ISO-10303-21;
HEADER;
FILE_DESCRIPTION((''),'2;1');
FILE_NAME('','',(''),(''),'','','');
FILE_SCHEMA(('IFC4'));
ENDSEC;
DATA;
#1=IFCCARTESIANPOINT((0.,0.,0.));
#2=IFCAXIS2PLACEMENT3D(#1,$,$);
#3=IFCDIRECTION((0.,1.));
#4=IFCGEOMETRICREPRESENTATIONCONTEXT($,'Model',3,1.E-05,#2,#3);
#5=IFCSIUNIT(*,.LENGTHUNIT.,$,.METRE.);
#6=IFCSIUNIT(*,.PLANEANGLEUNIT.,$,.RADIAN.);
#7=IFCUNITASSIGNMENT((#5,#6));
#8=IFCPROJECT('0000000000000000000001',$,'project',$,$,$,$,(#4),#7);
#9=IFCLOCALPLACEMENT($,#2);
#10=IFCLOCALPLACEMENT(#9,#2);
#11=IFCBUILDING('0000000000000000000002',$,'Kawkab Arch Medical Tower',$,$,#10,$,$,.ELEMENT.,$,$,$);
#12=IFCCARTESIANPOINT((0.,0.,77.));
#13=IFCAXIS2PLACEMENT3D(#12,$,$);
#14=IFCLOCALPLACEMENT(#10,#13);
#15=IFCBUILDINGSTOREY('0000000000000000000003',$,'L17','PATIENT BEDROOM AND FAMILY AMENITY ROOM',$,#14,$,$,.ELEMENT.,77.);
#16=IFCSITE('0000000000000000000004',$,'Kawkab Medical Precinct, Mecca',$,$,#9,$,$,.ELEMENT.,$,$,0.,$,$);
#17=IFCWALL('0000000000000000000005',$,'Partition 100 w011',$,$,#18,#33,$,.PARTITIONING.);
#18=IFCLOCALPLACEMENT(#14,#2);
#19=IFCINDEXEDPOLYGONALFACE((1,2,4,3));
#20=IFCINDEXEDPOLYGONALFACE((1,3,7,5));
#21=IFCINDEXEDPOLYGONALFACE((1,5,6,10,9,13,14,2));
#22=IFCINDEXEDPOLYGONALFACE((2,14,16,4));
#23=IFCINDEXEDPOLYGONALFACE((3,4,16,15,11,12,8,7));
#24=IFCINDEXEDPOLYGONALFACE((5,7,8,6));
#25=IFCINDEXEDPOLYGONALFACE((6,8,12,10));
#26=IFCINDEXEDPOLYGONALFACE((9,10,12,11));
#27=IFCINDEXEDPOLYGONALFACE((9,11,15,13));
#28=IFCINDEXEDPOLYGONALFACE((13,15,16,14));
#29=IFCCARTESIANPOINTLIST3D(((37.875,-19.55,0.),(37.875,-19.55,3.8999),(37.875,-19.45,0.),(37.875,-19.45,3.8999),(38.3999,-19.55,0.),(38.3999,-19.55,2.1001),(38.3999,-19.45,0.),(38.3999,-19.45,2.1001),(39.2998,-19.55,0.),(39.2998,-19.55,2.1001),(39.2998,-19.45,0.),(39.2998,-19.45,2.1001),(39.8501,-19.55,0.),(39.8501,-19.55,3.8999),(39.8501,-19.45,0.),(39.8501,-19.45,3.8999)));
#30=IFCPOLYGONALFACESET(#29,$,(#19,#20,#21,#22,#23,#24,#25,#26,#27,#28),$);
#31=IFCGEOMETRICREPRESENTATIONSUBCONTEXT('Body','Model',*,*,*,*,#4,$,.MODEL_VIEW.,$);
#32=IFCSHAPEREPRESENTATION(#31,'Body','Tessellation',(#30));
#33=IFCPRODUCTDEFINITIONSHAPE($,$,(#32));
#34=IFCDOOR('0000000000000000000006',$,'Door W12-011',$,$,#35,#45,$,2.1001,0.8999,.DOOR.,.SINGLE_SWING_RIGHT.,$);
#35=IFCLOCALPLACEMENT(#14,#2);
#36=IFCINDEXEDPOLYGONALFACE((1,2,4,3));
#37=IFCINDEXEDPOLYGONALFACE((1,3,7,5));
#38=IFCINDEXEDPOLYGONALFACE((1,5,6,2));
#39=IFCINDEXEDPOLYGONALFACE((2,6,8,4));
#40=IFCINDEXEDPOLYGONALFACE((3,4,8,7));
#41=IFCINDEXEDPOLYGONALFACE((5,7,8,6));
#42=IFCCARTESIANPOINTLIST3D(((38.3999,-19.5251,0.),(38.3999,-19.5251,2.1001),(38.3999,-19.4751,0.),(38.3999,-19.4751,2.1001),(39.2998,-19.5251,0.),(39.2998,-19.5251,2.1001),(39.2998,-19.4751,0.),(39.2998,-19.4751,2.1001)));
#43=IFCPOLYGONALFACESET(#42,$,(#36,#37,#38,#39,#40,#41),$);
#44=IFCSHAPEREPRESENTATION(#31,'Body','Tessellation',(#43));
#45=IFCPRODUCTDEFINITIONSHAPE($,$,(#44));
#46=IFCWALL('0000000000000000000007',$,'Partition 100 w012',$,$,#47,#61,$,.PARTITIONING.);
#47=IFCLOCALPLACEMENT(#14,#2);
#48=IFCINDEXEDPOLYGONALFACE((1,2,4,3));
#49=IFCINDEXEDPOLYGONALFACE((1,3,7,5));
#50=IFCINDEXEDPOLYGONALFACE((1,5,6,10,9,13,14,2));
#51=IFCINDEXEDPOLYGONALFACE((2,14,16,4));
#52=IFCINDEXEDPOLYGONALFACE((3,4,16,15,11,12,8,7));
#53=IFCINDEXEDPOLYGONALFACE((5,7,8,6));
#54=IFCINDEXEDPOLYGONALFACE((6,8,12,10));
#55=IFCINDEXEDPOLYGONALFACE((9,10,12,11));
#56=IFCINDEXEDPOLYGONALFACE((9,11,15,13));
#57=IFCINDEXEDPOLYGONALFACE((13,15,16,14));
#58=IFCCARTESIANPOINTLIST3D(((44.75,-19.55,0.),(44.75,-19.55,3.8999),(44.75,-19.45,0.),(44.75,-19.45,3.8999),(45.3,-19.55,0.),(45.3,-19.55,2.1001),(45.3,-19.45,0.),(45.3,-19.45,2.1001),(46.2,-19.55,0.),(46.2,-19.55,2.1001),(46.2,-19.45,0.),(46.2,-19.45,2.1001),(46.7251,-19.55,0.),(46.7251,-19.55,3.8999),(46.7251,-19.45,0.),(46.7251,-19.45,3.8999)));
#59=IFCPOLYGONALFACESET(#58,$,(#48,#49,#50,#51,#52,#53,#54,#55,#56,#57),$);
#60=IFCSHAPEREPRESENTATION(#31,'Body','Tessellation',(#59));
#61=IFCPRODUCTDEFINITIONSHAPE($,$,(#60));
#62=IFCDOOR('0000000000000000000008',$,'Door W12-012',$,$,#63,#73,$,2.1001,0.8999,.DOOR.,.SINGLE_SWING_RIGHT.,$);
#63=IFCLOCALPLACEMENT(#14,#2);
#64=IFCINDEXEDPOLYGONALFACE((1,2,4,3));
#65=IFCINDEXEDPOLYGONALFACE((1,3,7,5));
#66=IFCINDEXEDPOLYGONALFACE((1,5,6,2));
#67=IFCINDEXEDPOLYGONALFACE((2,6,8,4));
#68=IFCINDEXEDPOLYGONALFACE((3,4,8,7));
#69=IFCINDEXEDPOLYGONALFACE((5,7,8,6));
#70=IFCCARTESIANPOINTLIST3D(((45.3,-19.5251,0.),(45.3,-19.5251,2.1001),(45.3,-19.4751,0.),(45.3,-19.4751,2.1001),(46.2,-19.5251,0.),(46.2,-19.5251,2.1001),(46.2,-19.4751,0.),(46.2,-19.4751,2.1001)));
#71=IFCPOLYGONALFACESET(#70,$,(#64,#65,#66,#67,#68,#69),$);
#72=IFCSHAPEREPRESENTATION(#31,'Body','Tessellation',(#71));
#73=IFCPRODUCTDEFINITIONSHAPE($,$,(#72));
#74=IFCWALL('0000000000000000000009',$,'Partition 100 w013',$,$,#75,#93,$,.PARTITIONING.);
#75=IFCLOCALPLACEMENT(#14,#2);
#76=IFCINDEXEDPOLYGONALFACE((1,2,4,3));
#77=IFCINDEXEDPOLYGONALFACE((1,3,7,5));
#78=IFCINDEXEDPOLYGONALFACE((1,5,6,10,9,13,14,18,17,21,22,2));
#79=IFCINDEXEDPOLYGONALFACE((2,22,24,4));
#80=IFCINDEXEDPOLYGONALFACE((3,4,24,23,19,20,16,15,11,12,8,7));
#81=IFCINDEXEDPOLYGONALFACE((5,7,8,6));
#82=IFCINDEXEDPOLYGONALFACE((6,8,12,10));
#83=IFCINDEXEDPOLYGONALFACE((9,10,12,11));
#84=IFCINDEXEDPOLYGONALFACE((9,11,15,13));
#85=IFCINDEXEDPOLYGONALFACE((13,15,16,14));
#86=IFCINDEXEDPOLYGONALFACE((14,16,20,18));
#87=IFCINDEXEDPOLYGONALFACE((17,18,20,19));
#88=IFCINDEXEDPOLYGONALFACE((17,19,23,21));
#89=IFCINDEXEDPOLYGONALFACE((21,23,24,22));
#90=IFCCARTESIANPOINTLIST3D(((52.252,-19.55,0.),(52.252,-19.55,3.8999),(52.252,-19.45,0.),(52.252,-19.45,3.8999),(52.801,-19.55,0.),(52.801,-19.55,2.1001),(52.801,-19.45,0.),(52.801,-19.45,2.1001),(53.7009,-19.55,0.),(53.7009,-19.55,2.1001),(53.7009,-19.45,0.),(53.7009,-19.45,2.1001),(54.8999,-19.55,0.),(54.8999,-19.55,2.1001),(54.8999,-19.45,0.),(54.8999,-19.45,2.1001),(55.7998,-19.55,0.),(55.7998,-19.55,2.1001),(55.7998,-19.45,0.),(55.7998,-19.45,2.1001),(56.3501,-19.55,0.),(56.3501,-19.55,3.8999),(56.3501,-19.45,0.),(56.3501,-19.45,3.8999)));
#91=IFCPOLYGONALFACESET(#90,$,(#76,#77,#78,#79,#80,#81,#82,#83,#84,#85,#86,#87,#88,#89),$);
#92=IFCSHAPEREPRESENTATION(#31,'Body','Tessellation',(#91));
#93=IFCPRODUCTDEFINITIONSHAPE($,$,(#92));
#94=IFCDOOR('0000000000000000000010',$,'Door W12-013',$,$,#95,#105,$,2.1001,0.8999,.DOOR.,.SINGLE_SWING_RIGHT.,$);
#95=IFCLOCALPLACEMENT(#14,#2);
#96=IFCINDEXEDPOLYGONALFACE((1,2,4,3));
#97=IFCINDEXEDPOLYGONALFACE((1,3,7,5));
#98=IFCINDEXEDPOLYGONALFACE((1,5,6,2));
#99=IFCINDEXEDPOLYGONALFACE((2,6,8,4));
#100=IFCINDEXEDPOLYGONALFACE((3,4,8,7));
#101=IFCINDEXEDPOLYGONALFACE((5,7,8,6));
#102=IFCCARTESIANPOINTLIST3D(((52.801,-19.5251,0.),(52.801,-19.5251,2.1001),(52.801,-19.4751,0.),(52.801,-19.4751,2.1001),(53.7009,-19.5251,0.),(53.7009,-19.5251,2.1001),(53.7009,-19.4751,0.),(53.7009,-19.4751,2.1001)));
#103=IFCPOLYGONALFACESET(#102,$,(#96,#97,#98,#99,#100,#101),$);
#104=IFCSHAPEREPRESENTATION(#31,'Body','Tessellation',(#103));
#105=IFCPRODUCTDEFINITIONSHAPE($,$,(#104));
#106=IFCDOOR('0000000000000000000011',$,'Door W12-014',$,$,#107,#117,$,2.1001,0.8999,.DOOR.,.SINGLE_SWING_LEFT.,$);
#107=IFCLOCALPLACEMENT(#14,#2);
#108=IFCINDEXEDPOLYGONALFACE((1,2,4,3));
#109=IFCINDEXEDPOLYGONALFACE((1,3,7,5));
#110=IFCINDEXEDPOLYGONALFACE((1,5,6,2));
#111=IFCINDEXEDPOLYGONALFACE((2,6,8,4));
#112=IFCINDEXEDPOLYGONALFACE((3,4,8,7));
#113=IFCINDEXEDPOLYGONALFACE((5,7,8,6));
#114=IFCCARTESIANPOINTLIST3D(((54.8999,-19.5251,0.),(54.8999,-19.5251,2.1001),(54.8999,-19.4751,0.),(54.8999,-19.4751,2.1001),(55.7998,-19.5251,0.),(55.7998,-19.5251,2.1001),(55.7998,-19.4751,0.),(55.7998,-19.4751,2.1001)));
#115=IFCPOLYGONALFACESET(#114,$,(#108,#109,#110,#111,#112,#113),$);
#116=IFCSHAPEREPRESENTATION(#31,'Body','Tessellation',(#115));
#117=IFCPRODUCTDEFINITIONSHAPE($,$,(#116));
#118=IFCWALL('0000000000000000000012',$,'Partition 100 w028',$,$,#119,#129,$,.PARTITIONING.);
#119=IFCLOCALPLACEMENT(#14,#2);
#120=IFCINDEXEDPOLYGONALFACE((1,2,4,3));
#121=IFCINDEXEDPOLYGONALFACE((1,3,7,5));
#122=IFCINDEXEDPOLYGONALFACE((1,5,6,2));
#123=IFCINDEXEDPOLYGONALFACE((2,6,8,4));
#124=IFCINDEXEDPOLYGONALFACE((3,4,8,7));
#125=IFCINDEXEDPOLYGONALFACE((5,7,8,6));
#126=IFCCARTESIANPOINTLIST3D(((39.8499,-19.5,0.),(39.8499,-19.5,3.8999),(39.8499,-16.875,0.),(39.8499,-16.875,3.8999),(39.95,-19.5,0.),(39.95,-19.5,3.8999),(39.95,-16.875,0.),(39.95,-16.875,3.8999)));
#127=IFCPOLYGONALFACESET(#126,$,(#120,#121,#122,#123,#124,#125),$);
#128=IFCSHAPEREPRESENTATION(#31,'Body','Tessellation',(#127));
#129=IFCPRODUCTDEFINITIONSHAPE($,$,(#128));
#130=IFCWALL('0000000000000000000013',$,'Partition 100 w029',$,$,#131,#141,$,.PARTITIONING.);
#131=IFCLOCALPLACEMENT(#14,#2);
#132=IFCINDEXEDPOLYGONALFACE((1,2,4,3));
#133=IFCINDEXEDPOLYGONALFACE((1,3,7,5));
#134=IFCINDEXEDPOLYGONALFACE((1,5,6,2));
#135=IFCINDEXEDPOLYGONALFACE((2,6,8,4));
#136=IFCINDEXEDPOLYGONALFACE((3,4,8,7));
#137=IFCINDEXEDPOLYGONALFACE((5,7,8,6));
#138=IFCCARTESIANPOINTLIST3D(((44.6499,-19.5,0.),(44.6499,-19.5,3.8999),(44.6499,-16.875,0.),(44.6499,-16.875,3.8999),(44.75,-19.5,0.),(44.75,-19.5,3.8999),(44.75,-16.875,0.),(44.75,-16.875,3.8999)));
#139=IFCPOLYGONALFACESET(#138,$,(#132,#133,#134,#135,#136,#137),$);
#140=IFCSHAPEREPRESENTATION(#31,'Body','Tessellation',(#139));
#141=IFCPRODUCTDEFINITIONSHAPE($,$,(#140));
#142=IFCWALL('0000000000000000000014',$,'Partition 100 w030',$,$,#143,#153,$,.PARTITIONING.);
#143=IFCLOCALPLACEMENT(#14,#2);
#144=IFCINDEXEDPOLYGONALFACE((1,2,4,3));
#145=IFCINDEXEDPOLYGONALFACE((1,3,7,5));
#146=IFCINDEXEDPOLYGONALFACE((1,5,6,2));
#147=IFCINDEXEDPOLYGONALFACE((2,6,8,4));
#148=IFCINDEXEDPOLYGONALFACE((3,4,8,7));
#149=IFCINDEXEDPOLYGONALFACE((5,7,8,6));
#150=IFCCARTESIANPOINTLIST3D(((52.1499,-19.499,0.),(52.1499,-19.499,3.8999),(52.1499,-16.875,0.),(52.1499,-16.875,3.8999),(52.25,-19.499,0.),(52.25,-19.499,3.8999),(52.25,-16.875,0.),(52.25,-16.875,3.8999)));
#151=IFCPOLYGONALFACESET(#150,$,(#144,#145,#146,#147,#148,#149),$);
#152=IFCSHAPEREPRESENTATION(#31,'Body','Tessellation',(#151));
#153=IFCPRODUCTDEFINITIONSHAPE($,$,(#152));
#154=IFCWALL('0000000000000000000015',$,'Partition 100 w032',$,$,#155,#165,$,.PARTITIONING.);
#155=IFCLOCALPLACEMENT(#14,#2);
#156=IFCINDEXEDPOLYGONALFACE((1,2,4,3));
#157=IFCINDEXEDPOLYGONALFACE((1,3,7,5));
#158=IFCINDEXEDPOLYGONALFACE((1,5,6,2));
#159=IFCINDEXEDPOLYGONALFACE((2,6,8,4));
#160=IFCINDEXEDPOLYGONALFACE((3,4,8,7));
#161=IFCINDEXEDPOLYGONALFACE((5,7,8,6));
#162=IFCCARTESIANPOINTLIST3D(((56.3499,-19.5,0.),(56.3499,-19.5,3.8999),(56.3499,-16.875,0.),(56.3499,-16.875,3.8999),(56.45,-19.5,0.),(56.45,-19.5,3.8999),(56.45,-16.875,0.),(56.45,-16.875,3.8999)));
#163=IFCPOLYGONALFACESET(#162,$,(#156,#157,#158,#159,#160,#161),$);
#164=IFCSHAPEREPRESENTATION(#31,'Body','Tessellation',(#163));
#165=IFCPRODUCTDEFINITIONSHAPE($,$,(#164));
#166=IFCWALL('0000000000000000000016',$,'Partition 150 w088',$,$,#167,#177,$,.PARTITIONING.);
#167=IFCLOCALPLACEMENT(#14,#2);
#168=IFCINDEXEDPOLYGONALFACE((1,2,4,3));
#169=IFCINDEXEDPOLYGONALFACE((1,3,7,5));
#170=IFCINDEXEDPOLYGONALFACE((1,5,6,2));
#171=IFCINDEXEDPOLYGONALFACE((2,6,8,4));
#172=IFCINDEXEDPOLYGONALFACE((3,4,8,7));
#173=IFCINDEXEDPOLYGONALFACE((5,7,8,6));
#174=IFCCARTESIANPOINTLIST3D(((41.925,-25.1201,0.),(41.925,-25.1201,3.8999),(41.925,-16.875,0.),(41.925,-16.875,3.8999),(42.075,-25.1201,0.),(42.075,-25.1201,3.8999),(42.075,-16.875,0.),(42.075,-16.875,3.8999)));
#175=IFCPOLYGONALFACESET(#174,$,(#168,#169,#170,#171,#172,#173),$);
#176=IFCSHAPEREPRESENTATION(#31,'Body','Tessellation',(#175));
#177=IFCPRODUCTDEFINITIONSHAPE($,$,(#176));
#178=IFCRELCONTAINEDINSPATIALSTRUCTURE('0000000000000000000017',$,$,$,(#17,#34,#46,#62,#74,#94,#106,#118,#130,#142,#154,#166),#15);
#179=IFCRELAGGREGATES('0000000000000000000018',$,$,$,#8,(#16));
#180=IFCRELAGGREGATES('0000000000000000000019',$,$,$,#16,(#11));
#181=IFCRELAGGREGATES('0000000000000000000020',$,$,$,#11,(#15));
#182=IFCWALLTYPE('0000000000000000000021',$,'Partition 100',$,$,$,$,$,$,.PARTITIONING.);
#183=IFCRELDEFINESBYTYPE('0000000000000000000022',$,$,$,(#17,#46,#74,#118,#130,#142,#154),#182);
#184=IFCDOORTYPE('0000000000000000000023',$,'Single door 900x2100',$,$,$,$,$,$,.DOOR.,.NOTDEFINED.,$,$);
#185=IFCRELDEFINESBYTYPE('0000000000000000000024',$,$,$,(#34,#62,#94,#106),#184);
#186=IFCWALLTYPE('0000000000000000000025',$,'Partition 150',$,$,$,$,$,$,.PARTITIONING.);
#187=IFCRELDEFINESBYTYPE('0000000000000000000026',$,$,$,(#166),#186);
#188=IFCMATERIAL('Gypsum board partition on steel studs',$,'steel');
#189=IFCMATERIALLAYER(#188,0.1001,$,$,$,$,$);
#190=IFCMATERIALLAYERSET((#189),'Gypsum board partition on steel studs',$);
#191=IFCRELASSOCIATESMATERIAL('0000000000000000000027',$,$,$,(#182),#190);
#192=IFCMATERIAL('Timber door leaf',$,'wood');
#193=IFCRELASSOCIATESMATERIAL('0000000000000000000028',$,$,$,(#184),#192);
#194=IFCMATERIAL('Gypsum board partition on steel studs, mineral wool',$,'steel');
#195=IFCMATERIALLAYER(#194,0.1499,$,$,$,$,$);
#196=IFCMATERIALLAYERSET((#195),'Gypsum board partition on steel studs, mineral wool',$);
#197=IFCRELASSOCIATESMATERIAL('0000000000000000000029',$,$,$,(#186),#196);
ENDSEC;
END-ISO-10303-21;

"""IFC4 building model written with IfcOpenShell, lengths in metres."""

from ifc_helpers import new_model, si_unit, direction, frame, frame_2d, origin, place, context, subcontext, project, spatial, rectangle, extrude, material, layer, layer_set, type_object, element, fill, save


model = new_model("IFC4")

# Units and contexts
model_context = context("Model", 3, precision=1e-05, world=origin(), true_north=direction((0.0, 1.0)))
body_context = subcontext(model_context, "Body", "Model", "MODEL_VIEW")
ifc_project = project(units=[si_unit("LENGTHUNIT", "METRE"), si_unit("PLANEANGLEUNIT", "RADIAN")], contexts=[model_context])

# Site, building, storey
site_placement = place(None, origin())
site = spatial("IfcSite", under=ifc_project, at=site_placement, Name="Kawkab Medical Precinct, Mecca", CompositionType="ELEMENT", RefElevation=0.0)
building_placement = place(site_placement, origin())
building = spatial("IfcBuilding", under=site, at=building_placement, Name="Kawkab Arch Medical Tower", CompositionType="ELEMENT")
storey_placement = place(building_placement, frame((0.0, 0.0, 77.0)))
storey = spatial("IfcBuildingStorey", under=building, at=storey_placement, Name="L17", Description="PATIENT BEDROOM AND FAMILY AMENITY ROOM", CompositionType="ELEMENT", Elevation=77.0)

# Walls, openings, doors
ifc_material_1 = material(Name="Gypsum board partition on steel studs", Category="steel")
ifc_layer_1 = layer(ifc_material_1, 0.1001)
ifc_layer_set_1 = layer_set([ifc_layer_1], Name="Gypsum board partition on steel studs")
wall_type_1 = type_object("IfcWallType", Name="Partition 100", PredefinedType="PARTITIONING", material=ifc_layer_set_1)
wall_1_placement = place(storey_placement, frame((37.875, -19.5, 0.0), z_axis=(0.0, 0.0, 1.0), x_axis=(1.0, 0.0, 0.0)))
wall_1 = element("IfcWall", 1, at=wall_1_placement, inside=storey, type_object=wall_type_1, Name="Partition 100 w011", PredefinedType="PARTITIONING", context=body_context, shape_type="SweptSolid", body=[
    extrude(rectangle(XDim=1.9751, YDim=0.1001, at=frame_2d((0.9875, 0.0))), origin(), (0.0, 0.0, 1.0), 3.8999),
])
opening_1_placement = place(wall_1_placement, frame((0.5249, 0.0, 0.0)))
opening_1 = element("IfcOpeningElement", 2, at=opening_1_placement, cuts=wall_1, PredefinedType="OPENING", context=body_context, shape_type="SweptSolid", body=[
    extrude(rectangle(XDim=0.8999, YDim=2.1001, at=frame_2d((0.45, 1.05))), frame((0.0, 0.0601, 0.0), z_axis=(0.0, -1.0, 0.0), x_axis=(1.0, 0.0, 0.0)), (0.0, 0.0, 1.0), 0.1201),
])
ifc_material_2 = material(Name="Timber door leaf", Category="wood")
door_type = type_object("IfcDoorType", Name="Single door 900x2100", OperationType="NOTDEFINED", PredefinedType="DOOR", material=ifc_material_2)
door_1_placement = place(opening_1_placement, origin())
door_1 = element("IfcDoor", 3, at=door_1_placement, inside=storey, type_object=door_type, Name="Door W12-011", OperationType="SINGLE_SWING_RIGHT", OverallHeight=2.1001, OverallWidth=0.8999, PredefinedType="DOOR", context=body_context, shape_type="SweptSolid", body=[
    extrude(rectangle(XDim=0.8999, YDim=2.1001, at=frame_2d((0.45, 1.05))), frame((0.0, 0.0249, 0.0), z_axis=(0.0, -1.0, 0.0), x_axis=(1.0, 0.0, 0.0)), (0.0, 0.0, 1.0), 0.05),
])
fill(opening_1, door_1)
wall_2_placement = place(storey_placement, frame((44.75, -19.5, 0.0), z_axis=(0.0, 0.0, 1.0), x_axis=(1.0, 0.0, 0.0)))
wall_2 = element("IfcWall", 4, at=wall_2_placement, inside=storey, type_object=wall_type_1, Name="Partition 100 w012", PredefinedType="PARTITIONING", context=body_context, shape_type="SweptSolid", body=[
    extrude(rectangle(XDim=1.9751, YDim=0.1001, at=frame_2d((0.9875, 0.0))), origin(), (0.0, 0.0, 1.0), 3.8999),
])
opening_2_placement = place(wall_2_placement, frame((0.55, 0.0, 0.0)))
opening_2 = element("IfcOpeningElement", 5, at=opening_2_placement, cuts=wall_2, PredefinedType="OPENING", context=body_context, shape_type="SweptSolid", body=[
    extrude(rectangle(XDim=0.8999, YDim=2.1001, at=frame_2d((0.45, 1.05))), frame((0.0, 0.0601, 0.0), z_axis=(0.0, -1.0, 0.0), x_axis=(1.0, 0.0, 0.0)), (0.0, 0.0, 1.0), 0.1201),
])
door_2_placement = place(opening_2_placement, origin())
door_2 = element("IfcDoor", 6, at=door_2_placement, inside=storey, type_object=door_type, Name="Door W12-012", OperationType="SINGLE_SWING_RIGHT", OverallHeight=2.1001, OverallWidth=0.8999, PredefinedType="DOOR", context=body_context, shape_type="SweptSolid", body=[
    extrude(rectangle(XDim=0.8999, YDim=2.1001, at=frame_2d((0.45, 1.05))), frame((0.0, 0.0249, 0.0), z_axis=(0.0, -1.0, 0.0), x_axis=(1.0, 0.0, 0.0)), (0.0, 0.0, 1.0), 0.05),
])
fill(opening_2, door_2)

# Wall, openings, doors
wall_3_placement = place(storey_placement, frame((52.252, -19.5, 0.0), z_axis=(0.0, 0.0, 1.0), x_axis=(1.0, 0.0, 0.0)))
wall_3 = element("IfcWall", 7, at=wall_3_placement, inside=storey, type_object=wall_type_1, Name="Partition 100 w013", PredefinedType="PARTITIONING", context=body_context, shape_type="SweptSolid", body=[
    extrude(rectangle(XDim=4.0981, YDim=0.1001, at=frame_2d((2.0491, 0.0))), origin(), (0.0, 0.0, 1.0), 3.8999),
])
opening_3_placement = place(wall_3_placement, frame((0.5491, 0.0, 0.0)))
opening_3 = element("IfcOpeningElement", 8, at=opening_3_placement, cuts=wall_3, PredefinedType="OPENING", context=body_context, shape_type="SweptSolid", body=[
    extrude(rectangle(XDim=0.8999, YDim=2.1001, at=frame_2d((0.45, 1.05))), frame((0.0, 0.0601, 0.0), z_axis=(0.0, -1.0, 0.0), x_axis=(1.0, 0.0, 0.0)), (0.0, 0.0, 1.0), 0.1201),
])
opening_4_placement = place(wall_3_placement, frame((2.6479, 0.0, 0.0)))
opening_4 = element("IfcOpeningElement", 9, at=opening_4_placement, cuts=wall_3, PredefinedType="OPENING", context=body_context, shape_type="SweptSolid", body=[
    extrude(rectangle(XDim=0.8999, YDim=2.1001, at=frame_2d((0.45, 1.05))), frame((0.0, 0.0601, 0.0), z_axis=(0.0, -1.0, 0.0), x_axis=(1.0, 0.0, 0.0)), (0.0, 0.0, 1.0), 0.1201),
])
door_3_placement = place(opening_3_placement, origin())
door_3 = element("IfcDoor", 10, at=door_3_placement, inside=storey, type_object=door_type, Name="Door W12-013", OperationType="SINGLE_SWING_RIGHT", OverallHeight=2.1001, OverallWidth=0.8999, PredefinedType="DOOR", context=body_context, shape_type="SweptSolid", body=[
    extrude(rectangle(XDim=0.8999, YDim=2.1001, at=frame_2d((0.45, 1.05))), frame((0.0, 0.0249, 0.0), z_axis=(0.0, -1.0, 0.0), x_axis=(1.0, 0.0, 0.0)), (0.0, 0.0, 1.0), 0.05),
])
fill(opening_3, door_3)
door_4_placement = place(opening_4_placement, origin())
door_4 = element("IfcDoor", 11, at=door_4_placement, inside=storey, type_object=door_type, Name="Door W12-014", OperationType="SINGLE_SWING_LEFT", OverallHeight=2.1001, OverallWidth=0.8999, PredefinedType="DOOR", context=body_context, shape_type="SweptSolid", body=[
    extrude(rectangle(XDim=0.8999, YDim=2.1001, at=frame_2d((0.45, 1.05))), frame((0.0, 0.0249, 0.0), z_axis=(0.0, -1.0, 0.0), x_axis=(1.0, 0.0, 0.0)), (0.0, 0.0, 1.0), 0.05),
])
fill(opening_4, door_4)

# Walls
for number, where, z_axis, x_axis, name in (
    (12, (39.8999, -19.5, 0.0), (0.0, 0.0, 1.0), (0.0, 1.0, 0.0), "Partition 100 w028"),
    (13, (44.7, -19.5, 0.0), (0.0, 0.0, 1.0), (0.0, 1.0, 0.0), "Partition 100 w029"),
):
    element("IfcWall", number, at=place(storey_placement, frame(where, z_axis=z_axis, x_axis=x_axis)), inside=storey, type_object=wall_type_1, Name=name, PredefinedType="PARTITIONING", context=body_context, shape_type="SweptSolid", body=[
        extrude(rectangle(XDim=2.625, YDim=0.1001, at=frame_2d((1.3125, 0.0))), origin(), (0.0, 0.0, 1.0), 3.8999),
    ])
wall_4_placement = place(storey_placement, frame((52.2, -19.499, 0.0), z_axis=(0.0, 0.0, 1.0), x_axis=(0.0, 1.0, 0.0)))
element("IfcWall", 14, at=wall_4_placement, inside=storey, type_object=wall_type_1, Name="Partition 100 w030", PredefinedType="PARTITIONING", context=body_context, shape_type="SweptSolid", body=[
    extrude(rectangle(XDim=2.624, YDim=0.1001, at=frame_2d((1.312, 0.0))), origin(), (0.0, 0.0, 1.0), 3.8999),
])
wall_5_placement = place(storey_placement, frame((56.3999, -19.5, 0.0), z_axis=(0.0, 0.0, 1.0), x_axis=(0.0, 1.0, 0.0)))
element("IfcWall", 15, at=wall_5_placement, inside=storey, type_object=wall_type_1, Name="Partition 100 w032", PredefinedType="PARTITIONING", context=body_context, shape_type="SweptSolid", body=[
    extrude(rectangle(XDim=2.625, YDim=0.1001, at=frame_2d((1.3125, 0.0))), origin(), (0.0, 0.0, 1.0), 3.8999),
])
ifc_material_3 = material(Name="Gypsum board partition on steel studs, mineral wool", Category="steel")
ifc_layer_2 = layer(ifc_material_3, 0.1499)
ifc_layer_set_2 = layer_set([ifc_layer_2], Name="Gypsum board partition on steel studs, mineral wool")
wall_type_2 = type_object("IfcWallType", Name="Partition 150", PredefinedType="PARTITIONING", material=ifc_layer_set_2)
for number, where, z_axis, x_axis, name in (
    (16, (42.0, -25.1201, 0.0), (0.0, 0.0, 1.0), (0.0, 1.0, 0.0), "Partition 150 w088"),
):
    element("IfcWall", number, at=place(storey_placement, frame(where, z_axis=z_axis, x_axis=x_axis)), inside=storey, type_object=wall_type_2, Name=name, PredefinedType="PARTITIONING", context=body_context, shape_type="SweptSolid", body=[
        extrude(rectangle(XDim=8.2451, YDim=0.1499, at=frame_2d((4.1226, 0.0))), origin(), (0.0, 0.0, 1.0), 3.8999),
    ])

save(model, "model.ifc")
